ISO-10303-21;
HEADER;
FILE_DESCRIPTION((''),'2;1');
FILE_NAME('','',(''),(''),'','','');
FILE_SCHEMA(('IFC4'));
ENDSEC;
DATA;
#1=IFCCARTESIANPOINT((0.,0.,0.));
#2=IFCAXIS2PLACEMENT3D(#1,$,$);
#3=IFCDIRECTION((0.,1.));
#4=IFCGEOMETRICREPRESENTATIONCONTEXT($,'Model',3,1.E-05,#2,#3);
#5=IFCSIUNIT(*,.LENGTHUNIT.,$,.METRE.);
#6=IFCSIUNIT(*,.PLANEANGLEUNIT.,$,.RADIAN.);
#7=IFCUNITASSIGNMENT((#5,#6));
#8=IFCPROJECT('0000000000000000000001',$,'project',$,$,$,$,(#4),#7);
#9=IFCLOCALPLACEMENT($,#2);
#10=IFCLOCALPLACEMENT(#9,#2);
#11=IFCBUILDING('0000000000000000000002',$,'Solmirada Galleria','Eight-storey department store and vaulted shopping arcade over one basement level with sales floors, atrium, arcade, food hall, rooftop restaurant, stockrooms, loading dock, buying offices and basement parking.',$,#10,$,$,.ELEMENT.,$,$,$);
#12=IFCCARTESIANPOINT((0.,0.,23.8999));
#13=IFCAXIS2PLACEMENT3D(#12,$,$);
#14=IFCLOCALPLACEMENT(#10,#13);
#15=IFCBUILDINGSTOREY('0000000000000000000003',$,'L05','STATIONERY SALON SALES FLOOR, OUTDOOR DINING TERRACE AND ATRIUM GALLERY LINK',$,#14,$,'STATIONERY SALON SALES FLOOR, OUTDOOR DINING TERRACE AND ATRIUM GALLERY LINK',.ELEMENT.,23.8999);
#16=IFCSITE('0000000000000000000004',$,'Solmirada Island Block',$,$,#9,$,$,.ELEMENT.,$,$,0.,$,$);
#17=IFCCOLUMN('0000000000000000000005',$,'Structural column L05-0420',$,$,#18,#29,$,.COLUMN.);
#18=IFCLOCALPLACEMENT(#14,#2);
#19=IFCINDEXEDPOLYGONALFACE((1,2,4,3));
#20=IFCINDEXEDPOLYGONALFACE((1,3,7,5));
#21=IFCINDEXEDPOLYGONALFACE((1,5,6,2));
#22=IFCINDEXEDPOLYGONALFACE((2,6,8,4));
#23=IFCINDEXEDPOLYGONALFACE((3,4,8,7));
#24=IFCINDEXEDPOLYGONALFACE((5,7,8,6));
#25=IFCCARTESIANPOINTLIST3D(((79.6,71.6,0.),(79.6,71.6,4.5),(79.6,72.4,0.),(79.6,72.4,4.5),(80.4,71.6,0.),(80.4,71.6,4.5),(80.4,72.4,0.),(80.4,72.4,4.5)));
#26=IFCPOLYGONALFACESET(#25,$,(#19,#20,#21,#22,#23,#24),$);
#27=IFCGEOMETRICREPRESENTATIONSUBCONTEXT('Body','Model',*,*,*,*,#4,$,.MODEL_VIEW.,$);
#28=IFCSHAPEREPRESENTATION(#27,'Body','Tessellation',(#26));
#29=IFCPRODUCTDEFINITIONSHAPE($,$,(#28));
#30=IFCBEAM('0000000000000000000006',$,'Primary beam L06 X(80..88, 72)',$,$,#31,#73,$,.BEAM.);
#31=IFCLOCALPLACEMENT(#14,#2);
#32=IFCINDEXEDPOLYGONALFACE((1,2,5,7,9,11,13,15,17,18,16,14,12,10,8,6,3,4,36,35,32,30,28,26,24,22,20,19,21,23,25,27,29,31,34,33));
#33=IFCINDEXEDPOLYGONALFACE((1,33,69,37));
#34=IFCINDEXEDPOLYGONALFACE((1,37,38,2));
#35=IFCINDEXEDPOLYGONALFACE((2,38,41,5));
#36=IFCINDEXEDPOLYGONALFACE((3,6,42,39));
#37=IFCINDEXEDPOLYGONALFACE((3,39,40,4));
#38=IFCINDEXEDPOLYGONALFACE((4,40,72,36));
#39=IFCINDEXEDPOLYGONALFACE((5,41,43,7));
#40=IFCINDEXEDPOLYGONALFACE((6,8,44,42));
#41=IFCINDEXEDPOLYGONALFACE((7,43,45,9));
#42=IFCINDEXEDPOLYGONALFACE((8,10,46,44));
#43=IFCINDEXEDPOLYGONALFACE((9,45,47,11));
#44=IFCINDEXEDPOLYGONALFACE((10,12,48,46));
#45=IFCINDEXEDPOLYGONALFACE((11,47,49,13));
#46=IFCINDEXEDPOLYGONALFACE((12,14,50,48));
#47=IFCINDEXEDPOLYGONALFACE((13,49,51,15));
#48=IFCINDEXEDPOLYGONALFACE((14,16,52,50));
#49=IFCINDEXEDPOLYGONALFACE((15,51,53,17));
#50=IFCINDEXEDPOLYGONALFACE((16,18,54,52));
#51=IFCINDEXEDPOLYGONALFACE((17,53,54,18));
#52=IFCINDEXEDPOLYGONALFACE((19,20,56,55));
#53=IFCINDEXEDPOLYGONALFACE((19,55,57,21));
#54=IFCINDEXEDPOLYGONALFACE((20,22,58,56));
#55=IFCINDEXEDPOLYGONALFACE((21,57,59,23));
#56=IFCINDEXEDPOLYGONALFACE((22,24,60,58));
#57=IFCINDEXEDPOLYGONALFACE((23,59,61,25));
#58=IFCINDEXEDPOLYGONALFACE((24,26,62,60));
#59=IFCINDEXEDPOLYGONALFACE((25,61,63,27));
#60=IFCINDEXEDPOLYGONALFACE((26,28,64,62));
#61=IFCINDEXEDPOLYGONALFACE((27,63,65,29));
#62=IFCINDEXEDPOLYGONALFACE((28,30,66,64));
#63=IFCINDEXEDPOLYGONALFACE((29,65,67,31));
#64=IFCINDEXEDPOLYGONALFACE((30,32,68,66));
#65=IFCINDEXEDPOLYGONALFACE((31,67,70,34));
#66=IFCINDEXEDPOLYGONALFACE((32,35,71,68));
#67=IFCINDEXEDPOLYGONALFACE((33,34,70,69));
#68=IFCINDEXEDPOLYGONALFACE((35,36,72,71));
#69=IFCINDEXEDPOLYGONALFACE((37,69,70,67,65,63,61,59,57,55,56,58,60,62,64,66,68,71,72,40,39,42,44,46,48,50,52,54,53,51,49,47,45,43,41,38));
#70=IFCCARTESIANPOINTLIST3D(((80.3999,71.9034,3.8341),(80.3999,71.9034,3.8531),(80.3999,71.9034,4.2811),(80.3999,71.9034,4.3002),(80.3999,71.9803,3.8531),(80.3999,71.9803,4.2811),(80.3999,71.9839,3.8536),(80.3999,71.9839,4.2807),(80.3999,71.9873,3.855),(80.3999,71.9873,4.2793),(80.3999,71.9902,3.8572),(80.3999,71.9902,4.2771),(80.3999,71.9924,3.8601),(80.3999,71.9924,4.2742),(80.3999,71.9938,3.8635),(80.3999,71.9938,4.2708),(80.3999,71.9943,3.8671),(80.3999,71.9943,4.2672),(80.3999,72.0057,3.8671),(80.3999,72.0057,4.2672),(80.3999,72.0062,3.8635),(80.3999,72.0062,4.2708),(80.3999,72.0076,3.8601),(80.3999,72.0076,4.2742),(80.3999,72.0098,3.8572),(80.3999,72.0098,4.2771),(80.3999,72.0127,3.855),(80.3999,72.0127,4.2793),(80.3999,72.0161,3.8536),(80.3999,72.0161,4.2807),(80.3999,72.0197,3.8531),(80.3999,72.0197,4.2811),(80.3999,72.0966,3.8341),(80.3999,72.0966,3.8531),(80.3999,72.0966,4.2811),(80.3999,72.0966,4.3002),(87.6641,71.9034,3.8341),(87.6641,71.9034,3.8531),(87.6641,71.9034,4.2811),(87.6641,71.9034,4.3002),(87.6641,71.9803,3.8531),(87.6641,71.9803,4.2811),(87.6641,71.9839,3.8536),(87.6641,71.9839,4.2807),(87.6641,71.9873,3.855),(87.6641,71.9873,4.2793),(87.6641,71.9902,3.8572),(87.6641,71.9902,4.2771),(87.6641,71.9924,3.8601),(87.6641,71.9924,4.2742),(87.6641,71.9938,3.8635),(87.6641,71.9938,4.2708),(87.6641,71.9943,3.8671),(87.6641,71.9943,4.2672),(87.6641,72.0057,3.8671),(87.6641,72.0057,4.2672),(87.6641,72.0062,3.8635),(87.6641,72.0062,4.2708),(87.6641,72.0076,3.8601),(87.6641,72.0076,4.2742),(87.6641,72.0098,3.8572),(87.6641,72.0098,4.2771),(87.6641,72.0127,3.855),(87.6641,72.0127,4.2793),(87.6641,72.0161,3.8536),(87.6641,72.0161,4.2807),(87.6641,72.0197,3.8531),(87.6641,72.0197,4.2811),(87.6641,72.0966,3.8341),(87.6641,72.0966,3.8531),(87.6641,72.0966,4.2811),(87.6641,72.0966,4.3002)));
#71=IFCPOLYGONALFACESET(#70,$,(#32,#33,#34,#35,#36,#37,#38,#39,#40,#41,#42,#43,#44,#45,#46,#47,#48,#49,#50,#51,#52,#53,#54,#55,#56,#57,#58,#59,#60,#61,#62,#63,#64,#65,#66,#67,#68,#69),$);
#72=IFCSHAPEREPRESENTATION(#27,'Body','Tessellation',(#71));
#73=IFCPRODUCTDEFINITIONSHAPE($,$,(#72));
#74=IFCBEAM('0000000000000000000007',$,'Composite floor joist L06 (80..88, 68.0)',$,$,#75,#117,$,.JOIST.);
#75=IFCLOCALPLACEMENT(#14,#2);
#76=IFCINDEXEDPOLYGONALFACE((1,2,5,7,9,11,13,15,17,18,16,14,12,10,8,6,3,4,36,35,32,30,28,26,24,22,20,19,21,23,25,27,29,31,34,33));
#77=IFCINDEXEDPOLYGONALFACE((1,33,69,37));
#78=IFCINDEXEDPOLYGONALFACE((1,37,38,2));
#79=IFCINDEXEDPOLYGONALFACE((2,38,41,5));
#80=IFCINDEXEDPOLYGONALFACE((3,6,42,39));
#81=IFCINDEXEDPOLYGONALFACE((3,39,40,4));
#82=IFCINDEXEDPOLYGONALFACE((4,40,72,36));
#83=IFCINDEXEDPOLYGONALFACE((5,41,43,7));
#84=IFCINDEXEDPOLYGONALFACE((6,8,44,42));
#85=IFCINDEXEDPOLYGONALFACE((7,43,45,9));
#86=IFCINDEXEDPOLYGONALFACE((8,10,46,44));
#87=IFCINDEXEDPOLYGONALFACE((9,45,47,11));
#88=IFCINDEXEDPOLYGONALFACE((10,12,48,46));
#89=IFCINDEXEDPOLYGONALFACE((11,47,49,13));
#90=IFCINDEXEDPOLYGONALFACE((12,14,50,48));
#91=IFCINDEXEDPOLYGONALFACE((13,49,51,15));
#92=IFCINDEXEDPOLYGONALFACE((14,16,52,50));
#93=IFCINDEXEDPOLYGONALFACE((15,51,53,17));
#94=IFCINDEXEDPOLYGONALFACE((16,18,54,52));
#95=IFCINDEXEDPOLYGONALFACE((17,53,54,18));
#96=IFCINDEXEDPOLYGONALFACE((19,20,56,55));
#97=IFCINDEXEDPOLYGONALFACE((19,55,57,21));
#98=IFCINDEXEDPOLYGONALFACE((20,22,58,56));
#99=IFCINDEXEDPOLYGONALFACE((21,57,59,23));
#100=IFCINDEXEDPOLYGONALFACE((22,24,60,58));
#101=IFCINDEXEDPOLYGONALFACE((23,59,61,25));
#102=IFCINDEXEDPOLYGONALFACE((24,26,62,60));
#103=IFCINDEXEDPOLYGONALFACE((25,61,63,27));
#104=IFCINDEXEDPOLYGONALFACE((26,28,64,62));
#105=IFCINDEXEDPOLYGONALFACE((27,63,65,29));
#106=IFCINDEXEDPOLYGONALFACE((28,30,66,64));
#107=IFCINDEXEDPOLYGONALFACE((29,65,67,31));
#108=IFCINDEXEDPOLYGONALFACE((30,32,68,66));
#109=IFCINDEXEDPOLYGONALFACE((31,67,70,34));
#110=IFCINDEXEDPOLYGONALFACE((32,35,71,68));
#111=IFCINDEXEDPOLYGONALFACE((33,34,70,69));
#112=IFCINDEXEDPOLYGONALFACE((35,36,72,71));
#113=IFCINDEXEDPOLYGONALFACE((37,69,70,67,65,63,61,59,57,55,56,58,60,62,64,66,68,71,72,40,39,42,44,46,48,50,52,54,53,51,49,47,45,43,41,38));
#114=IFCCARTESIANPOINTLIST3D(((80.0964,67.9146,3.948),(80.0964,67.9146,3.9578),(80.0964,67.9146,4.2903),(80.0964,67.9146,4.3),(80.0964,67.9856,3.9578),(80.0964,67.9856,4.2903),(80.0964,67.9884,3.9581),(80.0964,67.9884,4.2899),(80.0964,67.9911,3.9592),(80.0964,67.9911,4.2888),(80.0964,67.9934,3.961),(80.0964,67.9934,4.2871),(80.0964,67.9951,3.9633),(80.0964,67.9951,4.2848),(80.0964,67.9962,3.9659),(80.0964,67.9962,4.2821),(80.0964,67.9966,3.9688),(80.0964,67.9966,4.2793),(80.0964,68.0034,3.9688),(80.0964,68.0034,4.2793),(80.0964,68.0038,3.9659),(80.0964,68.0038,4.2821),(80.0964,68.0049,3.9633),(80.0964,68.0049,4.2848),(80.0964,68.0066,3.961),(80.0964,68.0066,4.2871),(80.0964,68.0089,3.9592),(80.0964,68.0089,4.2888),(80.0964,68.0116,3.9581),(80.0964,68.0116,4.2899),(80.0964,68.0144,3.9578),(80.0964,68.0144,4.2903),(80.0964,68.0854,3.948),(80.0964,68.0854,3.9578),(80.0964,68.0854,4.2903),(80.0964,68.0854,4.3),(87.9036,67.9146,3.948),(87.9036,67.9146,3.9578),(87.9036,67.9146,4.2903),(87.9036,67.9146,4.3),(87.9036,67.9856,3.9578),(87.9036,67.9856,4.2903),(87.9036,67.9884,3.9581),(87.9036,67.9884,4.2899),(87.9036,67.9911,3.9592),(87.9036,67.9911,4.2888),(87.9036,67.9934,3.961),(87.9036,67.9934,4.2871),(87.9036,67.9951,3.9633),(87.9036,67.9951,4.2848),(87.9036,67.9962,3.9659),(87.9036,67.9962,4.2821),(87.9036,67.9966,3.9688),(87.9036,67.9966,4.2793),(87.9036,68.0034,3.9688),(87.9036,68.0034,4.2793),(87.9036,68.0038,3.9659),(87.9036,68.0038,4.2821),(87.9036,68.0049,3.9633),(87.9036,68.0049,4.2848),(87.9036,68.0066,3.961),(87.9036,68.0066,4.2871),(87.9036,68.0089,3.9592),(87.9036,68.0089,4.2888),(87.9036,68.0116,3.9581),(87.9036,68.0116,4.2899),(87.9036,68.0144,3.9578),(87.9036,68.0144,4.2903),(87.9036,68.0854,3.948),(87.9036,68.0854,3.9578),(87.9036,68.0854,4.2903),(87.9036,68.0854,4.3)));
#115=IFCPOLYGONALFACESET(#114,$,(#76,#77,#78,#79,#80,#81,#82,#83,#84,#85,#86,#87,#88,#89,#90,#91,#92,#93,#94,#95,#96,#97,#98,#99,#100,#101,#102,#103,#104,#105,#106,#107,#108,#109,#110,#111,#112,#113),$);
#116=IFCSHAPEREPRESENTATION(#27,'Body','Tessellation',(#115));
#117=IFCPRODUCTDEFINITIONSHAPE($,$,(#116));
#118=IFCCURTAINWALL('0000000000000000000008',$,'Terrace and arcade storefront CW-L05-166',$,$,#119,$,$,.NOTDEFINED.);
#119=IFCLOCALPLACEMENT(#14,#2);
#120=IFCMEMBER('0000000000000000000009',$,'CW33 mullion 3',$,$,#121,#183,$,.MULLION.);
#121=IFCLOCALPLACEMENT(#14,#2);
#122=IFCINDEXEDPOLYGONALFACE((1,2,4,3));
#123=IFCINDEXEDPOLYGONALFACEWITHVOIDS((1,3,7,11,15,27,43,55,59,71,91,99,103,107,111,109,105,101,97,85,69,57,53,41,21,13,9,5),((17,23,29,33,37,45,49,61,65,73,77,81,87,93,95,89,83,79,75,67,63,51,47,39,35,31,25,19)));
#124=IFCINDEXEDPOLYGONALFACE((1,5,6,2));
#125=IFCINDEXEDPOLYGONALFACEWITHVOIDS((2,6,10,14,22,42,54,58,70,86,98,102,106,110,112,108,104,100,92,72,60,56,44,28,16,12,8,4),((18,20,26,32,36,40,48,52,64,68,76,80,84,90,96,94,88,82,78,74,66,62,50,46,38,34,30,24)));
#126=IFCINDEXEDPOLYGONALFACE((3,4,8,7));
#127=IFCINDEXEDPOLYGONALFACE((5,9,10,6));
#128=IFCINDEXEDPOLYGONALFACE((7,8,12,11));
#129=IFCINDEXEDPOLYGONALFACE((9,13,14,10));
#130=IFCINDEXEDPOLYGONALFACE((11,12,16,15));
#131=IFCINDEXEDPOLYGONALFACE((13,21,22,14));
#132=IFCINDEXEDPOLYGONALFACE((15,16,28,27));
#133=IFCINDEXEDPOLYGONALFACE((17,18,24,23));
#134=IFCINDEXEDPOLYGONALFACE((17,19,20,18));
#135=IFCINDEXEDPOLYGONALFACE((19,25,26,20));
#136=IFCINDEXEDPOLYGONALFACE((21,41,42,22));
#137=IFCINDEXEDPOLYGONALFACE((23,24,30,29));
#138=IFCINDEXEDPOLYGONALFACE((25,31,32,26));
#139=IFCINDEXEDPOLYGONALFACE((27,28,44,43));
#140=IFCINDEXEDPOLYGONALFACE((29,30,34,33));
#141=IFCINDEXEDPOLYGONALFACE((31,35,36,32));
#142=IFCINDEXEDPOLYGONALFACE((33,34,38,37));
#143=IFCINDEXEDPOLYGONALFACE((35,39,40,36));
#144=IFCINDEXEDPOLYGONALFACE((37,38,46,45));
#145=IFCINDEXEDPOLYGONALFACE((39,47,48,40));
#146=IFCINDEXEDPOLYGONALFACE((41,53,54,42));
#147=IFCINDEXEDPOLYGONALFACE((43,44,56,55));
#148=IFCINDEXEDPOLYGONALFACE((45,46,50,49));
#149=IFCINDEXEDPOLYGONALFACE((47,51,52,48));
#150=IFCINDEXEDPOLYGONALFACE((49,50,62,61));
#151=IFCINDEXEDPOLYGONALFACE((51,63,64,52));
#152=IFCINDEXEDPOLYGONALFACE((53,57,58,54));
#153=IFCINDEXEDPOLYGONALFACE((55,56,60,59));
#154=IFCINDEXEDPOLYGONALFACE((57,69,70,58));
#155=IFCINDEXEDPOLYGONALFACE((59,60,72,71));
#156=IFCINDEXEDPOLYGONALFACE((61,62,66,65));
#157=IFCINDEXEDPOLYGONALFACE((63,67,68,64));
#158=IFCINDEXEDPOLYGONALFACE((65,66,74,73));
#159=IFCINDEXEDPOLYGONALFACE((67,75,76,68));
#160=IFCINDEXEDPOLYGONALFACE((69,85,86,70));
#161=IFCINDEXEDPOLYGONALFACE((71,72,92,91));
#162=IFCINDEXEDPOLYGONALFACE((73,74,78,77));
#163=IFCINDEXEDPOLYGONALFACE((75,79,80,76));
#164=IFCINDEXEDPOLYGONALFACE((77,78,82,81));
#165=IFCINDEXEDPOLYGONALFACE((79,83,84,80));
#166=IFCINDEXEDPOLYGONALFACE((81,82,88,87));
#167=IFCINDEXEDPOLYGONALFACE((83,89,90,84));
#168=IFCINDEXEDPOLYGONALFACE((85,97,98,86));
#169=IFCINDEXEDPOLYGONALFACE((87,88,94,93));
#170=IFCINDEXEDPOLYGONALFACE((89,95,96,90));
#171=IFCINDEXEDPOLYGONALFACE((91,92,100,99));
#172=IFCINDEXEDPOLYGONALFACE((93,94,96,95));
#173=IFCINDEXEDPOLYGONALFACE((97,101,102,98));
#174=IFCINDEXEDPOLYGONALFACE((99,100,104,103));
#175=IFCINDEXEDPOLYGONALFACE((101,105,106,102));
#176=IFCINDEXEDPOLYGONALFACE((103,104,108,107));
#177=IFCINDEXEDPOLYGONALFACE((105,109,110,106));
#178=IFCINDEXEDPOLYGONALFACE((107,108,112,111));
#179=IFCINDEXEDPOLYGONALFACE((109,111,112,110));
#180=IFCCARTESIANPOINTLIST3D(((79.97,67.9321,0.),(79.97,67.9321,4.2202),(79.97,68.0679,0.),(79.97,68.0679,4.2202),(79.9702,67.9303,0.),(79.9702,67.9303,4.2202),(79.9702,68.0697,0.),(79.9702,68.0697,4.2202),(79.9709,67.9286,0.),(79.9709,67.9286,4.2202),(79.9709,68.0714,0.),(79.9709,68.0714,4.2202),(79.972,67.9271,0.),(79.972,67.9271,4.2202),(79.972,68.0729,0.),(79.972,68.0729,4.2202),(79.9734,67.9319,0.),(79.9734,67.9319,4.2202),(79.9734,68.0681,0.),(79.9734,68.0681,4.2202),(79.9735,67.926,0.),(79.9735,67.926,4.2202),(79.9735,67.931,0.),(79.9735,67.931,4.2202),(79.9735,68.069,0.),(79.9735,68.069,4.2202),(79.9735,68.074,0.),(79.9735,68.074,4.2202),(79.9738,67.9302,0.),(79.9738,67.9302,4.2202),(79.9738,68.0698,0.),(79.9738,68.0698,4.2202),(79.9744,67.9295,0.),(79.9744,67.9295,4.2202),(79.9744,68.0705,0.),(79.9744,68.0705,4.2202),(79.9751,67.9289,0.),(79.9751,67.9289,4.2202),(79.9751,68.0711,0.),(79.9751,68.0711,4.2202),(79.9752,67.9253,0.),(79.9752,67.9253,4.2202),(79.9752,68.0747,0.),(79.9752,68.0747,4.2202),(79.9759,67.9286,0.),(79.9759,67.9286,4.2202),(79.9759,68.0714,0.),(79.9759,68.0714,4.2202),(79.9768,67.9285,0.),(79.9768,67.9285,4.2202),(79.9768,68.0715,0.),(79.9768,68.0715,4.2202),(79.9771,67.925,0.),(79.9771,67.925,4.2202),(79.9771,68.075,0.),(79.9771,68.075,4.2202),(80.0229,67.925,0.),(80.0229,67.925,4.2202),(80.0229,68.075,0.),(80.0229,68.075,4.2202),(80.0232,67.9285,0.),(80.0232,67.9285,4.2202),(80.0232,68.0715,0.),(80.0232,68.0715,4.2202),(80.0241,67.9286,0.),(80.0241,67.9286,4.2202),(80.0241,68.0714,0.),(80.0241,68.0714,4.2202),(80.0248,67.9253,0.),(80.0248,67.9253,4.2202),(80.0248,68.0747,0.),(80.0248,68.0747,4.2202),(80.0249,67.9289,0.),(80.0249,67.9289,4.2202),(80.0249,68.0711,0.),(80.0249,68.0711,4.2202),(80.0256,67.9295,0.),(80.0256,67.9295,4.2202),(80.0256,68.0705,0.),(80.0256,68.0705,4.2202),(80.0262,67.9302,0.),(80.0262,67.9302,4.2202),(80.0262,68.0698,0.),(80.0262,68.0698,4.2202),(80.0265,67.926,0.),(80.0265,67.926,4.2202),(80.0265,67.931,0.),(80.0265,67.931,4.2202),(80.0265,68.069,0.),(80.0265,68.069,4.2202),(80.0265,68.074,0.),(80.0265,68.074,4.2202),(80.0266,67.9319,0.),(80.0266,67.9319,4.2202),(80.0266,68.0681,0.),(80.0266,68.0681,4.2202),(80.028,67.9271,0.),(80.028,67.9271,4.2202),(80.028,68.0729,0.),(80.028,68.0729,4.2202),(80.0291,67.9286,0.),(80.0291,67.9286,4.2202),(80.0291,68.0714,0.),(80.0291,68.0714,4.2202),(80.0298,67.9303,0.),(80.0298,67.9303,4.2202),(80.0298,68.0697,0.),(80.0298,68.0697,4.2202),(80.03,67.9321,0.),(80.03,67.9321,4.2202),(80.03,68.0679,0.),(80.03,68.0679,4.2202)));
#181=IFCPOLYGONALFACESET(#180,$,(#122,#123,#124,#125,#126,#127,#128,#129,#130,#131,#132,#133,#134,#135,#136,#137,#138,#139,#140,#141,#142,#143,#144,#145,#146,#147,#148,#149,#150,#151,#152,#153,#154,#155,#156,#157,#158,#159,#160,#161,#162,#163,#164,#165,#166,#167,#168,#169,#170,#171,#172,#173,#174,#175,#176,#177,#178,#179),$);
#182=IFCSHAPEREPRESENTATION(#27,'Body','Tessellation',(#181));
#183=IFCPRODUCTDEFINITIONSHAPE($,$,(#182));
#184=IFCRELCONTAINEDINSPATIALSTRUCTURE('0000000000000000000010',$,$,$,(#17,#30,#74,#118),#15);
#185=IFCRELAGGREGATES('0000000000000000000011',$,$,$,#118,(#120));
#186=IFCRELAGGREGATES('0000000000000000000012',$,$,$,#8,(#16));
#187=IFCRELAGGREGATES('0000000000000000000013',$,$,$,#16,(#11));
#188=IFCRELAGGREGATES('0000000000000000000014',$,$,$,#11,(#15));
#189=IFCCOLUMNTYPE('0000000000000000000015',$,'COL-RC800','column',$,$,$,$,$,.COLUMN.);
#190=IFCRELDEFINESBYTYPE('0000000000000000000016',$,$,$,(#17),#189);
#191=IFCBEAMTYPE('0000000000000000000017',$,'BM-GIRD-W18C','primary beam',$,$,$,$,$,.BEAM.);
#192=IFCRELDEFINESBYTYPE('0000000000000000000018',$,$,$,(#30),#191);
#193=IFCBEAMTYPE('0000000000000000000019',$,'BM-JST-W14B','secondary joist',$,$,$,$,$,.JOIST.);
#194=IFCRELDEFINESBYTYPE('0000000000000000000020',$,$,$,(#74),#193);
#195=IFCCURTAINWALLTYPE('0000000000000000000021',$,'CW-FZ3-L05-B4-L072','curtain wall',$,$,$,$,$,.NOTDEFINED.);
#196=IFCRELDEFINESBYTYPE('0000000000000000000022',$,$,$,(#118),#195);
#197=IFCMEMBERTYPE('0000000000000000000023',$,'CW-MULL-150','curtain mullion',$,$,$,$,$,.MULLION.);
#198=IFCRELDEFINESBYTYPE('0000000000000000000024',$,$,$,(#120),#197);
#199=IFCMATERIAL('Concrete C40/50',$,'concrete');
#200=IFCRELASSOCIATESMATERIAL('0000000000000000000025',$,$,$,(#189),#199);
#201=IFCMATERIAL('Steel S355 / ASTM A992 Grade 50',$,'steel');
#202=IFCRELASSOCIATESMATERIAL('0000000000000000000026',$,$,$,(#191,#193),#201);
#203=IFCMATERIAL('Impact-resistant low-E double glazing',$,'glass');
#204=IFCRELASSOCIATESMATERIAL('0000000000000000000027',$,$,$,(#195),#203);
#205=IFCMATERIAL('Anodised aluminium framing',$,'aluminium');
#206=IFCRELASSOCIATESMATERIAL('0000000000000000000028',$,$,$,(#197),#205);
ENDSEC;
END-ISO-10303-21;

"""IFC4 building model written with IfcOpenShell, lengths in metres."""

from ifc_helpers import new_model, si_unit, direction, frame, origin, origin_2d, place, context, subcontext, project, spatial, rectangle, hollow_rectangle, i_section, extrude, material, material_profile, profile_set, type_object, element, aggregate, save


model = new_model("IFC4")

# Units and contexts
model_context = context("Model", 3, precision=1e-05, world=origin(), true_north=direction((0.0, 1.0)))
body_context = subcontext(model_context, "Body", "Model", "MODEL_VIEW")
ifc_project = project(units=[si_unit("LENGTHUNIT", "METRE"), si_unit("PLANEANGLEUNIT", "RADIAN")], contexts=[model_context])

# Site, building, storey
site_placement = place(None, origin())
site = spatial("IfcSite", under=ifc_project, at=site_placement, Name="Solmirada Island Block", CompositionType="ELEMENT", RefElevation=0.0)
building_placement = place(site_placement, origin())
building = spatial("IfcBuilding", under=site, at=building_placement, Name="Solmirada Galleria", Description="Eight-storey department store and vaulted shopping arcade over one basement level with sales floors, atrium, arcade, food hall, rooftop restaurant, stockrooms, loading dock, buying offices and basement parking.", CompositionType="ELEMENT")
storey_placement = place(building_placement, frame((0.0, 0.0, 23.8999)))
storey = spatial("IfcBuildingStorey", under=building, at=storey_placement, Name="L05", Description="STATIONERY SALON SALES FLOOR, OUTDOOR DINING TERRACE AND ATRIUM GALLERY LINK", LongName="STATIONERY SALON SALES FLOOR, OUTDOOR DINING TERRACE AND ATRIUM GALLERY LINK", CompositionType="ELEMENT", Elevation=23.8999)

# Column
ifc_material_1 = material(Name="Concrete C40/50", Category="concrete")
ifc_material_profile_1 = material_profile(ifc_material_1, rectangle(XDim=0.8, YDim=0.8, at=origin_2d()), Name="RC800X800")
ifc_profile_set_1 = profile_set([ifc_material_profile_1], Name="Concrete C40/50")
column_type = type_object("IfcColumnType", Name="COL-RC800", Description="column", PredefinedType="COLUMN", material=ifc_profile_set_1)
column_placement = place(storey_placement, frame((80.0, 72.0, 0.0), z_axis=(0.0, 0.0, 1.0), x_axis=(1.0, 0.0, 0.0)))
element("IfcColumn", 1, at=column_placement, inside=storey, type_object=column_type, Name="Structural column L05-0420", PredefinedType="COLUMN", context=body_context, shape_type="SweptSolid", body=[
    extrude(rectangle(XDim=0.8, YDim=0.8, at=origin_2d()), origin(), (0.0, 0.0, 1.0), 4.5),
])

# Beams
ifc_material_2 = material(Name="Steel S355 / ASTM A992 Grade 50", Category="steel")
ifc_material_profile_2 = material_profile(ifc_material_2, i_section(OverallWidth=0.1931, OverallDepth=0.4661, WebThickness=0.0115, FlangeThickness=0.019, FilletRadius=0.0139, at=origin_2d()), Name="W18X65")
ifc_profile_set_2 = profile_set([ifc_material_profile_2], Name="Steel S355 / ASTM A992 Grade 50")
beam_type_1 = type_object("IfcBeamType", Name="BM-GIRD-W18C", Description="primary beam", PredefinedType="BEAM", material=ifc_profile_set_2)
beam_1_placement = place(storey_placement, frame((80.3999, 72.0, 4.0671), z_axis=(1.0, 0.0, 0.0), x_axis=(0.0, 1.0, 0.0)))
element("IfcBeam", 2, at=beam_1_placement, inside=storey, type_object=beam_type_1, Name="Primary beam L06 X(80..88, 72)", PredefinedType="BEAM", context=body_context, shape_type="SweptSolid", body=[
    extrude(i_section(OverallWidth=0.1931, OverallDepth=0.4661, WebThickness=0.0115, FlangeThickness=0.019, FilletRadius=0.0139, at=origin_2d()), origin(), (0.0, 0.0, 1.0), 7.2642),
])
ifc_material_profile_3 = material_profile(ifc_material_2, i_section(OverallWidth=0.1709, OverallDepth=0.3521, WebThickness=0.0068, FlangeThickness=0.0098, FilletRadius=0.011, at=origin_2d()), Name="W14X30")
ifc_profile_set_3 = profile_set([ifc_material_profile_3], Name="Steel S355 / ASTM A992 Grade 50")
beam_type_2 = type_object("IfcBeamType", Name="BM-JST-W14B", Description="secondary joist", PredefinedType="JOIST", material=ifc_profile_set_3)
beam_2_placement = place(storey_placement, frame((80.0964, 68.0, 4.124), z_axis=(1.0, 0.0, 0.0), x_axis=(0.0, 1.0, 0.0)))
element("IfcBeam", 3, at=beam_2_placement, inside=storey, type_object=beam_type_2, Name="Composite floor joist L06 (80..88, 68.0)", PredefinedType="JOIST", context=body_context, shape_type="SweptSolid", body=[
    extrude(i_section(OverallWidth=0.1709, OverallDepth=0.3521, WebThickness=0.0068, FlangeThickness=0.0098, FilletRadius=0.011, at=origin_2d()), origin(), (0.0, 0.0, 1.0), 7.8071),
])

# Curtain wall, member
ifc_material_3 = material(Name="Impact-resistant low-E double glazing", Category="glass")
curtain_wall_type = type_object("IfcCurtainWallType", Name="CW-FZ3-L05-B4-L072", Description="curtain wall", PredefinedType="NOTDEFINED", material=ifc_material_3)
curtain_wall_1_placement = place(storey_placement, origin())
curtain_wall_1 = element("IfcCurtainWall", 4, at=curtain_wall_1_placement, inside=storey, type_object=curtain_wall_type, Name="Terrace and arcade storefront CW-L05-166", PredefinedType="NOTDEFINED")
ifc_material_4 = material(Name="Anodised aluminium framing", Category="aluminium")
ifc_material_profile_4 = material_profile(ifc_material_4, hollow_rectangle(XDim=0.0601, YDim=0.1499, WallThickness=0.0034, InnerFilletRadius=0.0034, OuterFilletRadius=0.0071, at=origin_2d()), Name="ALU-MULL-150X60")
ifc_profile_set_4 = profile_set([ifc_material_profile_4], Name="Anodised aluminium framing")
member_type_1 = type_object("IfcMemberType", Name="CW-MULL-150", Description="curtain mullion", PredefinedType="MULLION", material=ifc_profile_set_4)
member_1_placement = place(storey_placement, frame((80.0, 68.0, 0.0), z_axis=(0.0, 0.0, 1.0), x_axis=(-1.0, 0.0, 0.0)))
member_1 = element("IfcMember", 5, at=member_1_placement, type_object=member_type_1, Name="CW33 mullion 3", PredefinedType="MULLION", context=body_context, shape_type="SweptSolid", body=[
    extrude(hollow_rectangle(XDim=0.0601, YDim=0.1499, WallThickness=0.0034, InnerFilletRadius=0.0034, OuterFilletRadius=0.0071, at=origin_2d()), origin(), (0.0, 0.0, 1.0), 4.2202),
])

aggregate(curtain_wall_1, [member_1])

save(model, "model.ifc")
